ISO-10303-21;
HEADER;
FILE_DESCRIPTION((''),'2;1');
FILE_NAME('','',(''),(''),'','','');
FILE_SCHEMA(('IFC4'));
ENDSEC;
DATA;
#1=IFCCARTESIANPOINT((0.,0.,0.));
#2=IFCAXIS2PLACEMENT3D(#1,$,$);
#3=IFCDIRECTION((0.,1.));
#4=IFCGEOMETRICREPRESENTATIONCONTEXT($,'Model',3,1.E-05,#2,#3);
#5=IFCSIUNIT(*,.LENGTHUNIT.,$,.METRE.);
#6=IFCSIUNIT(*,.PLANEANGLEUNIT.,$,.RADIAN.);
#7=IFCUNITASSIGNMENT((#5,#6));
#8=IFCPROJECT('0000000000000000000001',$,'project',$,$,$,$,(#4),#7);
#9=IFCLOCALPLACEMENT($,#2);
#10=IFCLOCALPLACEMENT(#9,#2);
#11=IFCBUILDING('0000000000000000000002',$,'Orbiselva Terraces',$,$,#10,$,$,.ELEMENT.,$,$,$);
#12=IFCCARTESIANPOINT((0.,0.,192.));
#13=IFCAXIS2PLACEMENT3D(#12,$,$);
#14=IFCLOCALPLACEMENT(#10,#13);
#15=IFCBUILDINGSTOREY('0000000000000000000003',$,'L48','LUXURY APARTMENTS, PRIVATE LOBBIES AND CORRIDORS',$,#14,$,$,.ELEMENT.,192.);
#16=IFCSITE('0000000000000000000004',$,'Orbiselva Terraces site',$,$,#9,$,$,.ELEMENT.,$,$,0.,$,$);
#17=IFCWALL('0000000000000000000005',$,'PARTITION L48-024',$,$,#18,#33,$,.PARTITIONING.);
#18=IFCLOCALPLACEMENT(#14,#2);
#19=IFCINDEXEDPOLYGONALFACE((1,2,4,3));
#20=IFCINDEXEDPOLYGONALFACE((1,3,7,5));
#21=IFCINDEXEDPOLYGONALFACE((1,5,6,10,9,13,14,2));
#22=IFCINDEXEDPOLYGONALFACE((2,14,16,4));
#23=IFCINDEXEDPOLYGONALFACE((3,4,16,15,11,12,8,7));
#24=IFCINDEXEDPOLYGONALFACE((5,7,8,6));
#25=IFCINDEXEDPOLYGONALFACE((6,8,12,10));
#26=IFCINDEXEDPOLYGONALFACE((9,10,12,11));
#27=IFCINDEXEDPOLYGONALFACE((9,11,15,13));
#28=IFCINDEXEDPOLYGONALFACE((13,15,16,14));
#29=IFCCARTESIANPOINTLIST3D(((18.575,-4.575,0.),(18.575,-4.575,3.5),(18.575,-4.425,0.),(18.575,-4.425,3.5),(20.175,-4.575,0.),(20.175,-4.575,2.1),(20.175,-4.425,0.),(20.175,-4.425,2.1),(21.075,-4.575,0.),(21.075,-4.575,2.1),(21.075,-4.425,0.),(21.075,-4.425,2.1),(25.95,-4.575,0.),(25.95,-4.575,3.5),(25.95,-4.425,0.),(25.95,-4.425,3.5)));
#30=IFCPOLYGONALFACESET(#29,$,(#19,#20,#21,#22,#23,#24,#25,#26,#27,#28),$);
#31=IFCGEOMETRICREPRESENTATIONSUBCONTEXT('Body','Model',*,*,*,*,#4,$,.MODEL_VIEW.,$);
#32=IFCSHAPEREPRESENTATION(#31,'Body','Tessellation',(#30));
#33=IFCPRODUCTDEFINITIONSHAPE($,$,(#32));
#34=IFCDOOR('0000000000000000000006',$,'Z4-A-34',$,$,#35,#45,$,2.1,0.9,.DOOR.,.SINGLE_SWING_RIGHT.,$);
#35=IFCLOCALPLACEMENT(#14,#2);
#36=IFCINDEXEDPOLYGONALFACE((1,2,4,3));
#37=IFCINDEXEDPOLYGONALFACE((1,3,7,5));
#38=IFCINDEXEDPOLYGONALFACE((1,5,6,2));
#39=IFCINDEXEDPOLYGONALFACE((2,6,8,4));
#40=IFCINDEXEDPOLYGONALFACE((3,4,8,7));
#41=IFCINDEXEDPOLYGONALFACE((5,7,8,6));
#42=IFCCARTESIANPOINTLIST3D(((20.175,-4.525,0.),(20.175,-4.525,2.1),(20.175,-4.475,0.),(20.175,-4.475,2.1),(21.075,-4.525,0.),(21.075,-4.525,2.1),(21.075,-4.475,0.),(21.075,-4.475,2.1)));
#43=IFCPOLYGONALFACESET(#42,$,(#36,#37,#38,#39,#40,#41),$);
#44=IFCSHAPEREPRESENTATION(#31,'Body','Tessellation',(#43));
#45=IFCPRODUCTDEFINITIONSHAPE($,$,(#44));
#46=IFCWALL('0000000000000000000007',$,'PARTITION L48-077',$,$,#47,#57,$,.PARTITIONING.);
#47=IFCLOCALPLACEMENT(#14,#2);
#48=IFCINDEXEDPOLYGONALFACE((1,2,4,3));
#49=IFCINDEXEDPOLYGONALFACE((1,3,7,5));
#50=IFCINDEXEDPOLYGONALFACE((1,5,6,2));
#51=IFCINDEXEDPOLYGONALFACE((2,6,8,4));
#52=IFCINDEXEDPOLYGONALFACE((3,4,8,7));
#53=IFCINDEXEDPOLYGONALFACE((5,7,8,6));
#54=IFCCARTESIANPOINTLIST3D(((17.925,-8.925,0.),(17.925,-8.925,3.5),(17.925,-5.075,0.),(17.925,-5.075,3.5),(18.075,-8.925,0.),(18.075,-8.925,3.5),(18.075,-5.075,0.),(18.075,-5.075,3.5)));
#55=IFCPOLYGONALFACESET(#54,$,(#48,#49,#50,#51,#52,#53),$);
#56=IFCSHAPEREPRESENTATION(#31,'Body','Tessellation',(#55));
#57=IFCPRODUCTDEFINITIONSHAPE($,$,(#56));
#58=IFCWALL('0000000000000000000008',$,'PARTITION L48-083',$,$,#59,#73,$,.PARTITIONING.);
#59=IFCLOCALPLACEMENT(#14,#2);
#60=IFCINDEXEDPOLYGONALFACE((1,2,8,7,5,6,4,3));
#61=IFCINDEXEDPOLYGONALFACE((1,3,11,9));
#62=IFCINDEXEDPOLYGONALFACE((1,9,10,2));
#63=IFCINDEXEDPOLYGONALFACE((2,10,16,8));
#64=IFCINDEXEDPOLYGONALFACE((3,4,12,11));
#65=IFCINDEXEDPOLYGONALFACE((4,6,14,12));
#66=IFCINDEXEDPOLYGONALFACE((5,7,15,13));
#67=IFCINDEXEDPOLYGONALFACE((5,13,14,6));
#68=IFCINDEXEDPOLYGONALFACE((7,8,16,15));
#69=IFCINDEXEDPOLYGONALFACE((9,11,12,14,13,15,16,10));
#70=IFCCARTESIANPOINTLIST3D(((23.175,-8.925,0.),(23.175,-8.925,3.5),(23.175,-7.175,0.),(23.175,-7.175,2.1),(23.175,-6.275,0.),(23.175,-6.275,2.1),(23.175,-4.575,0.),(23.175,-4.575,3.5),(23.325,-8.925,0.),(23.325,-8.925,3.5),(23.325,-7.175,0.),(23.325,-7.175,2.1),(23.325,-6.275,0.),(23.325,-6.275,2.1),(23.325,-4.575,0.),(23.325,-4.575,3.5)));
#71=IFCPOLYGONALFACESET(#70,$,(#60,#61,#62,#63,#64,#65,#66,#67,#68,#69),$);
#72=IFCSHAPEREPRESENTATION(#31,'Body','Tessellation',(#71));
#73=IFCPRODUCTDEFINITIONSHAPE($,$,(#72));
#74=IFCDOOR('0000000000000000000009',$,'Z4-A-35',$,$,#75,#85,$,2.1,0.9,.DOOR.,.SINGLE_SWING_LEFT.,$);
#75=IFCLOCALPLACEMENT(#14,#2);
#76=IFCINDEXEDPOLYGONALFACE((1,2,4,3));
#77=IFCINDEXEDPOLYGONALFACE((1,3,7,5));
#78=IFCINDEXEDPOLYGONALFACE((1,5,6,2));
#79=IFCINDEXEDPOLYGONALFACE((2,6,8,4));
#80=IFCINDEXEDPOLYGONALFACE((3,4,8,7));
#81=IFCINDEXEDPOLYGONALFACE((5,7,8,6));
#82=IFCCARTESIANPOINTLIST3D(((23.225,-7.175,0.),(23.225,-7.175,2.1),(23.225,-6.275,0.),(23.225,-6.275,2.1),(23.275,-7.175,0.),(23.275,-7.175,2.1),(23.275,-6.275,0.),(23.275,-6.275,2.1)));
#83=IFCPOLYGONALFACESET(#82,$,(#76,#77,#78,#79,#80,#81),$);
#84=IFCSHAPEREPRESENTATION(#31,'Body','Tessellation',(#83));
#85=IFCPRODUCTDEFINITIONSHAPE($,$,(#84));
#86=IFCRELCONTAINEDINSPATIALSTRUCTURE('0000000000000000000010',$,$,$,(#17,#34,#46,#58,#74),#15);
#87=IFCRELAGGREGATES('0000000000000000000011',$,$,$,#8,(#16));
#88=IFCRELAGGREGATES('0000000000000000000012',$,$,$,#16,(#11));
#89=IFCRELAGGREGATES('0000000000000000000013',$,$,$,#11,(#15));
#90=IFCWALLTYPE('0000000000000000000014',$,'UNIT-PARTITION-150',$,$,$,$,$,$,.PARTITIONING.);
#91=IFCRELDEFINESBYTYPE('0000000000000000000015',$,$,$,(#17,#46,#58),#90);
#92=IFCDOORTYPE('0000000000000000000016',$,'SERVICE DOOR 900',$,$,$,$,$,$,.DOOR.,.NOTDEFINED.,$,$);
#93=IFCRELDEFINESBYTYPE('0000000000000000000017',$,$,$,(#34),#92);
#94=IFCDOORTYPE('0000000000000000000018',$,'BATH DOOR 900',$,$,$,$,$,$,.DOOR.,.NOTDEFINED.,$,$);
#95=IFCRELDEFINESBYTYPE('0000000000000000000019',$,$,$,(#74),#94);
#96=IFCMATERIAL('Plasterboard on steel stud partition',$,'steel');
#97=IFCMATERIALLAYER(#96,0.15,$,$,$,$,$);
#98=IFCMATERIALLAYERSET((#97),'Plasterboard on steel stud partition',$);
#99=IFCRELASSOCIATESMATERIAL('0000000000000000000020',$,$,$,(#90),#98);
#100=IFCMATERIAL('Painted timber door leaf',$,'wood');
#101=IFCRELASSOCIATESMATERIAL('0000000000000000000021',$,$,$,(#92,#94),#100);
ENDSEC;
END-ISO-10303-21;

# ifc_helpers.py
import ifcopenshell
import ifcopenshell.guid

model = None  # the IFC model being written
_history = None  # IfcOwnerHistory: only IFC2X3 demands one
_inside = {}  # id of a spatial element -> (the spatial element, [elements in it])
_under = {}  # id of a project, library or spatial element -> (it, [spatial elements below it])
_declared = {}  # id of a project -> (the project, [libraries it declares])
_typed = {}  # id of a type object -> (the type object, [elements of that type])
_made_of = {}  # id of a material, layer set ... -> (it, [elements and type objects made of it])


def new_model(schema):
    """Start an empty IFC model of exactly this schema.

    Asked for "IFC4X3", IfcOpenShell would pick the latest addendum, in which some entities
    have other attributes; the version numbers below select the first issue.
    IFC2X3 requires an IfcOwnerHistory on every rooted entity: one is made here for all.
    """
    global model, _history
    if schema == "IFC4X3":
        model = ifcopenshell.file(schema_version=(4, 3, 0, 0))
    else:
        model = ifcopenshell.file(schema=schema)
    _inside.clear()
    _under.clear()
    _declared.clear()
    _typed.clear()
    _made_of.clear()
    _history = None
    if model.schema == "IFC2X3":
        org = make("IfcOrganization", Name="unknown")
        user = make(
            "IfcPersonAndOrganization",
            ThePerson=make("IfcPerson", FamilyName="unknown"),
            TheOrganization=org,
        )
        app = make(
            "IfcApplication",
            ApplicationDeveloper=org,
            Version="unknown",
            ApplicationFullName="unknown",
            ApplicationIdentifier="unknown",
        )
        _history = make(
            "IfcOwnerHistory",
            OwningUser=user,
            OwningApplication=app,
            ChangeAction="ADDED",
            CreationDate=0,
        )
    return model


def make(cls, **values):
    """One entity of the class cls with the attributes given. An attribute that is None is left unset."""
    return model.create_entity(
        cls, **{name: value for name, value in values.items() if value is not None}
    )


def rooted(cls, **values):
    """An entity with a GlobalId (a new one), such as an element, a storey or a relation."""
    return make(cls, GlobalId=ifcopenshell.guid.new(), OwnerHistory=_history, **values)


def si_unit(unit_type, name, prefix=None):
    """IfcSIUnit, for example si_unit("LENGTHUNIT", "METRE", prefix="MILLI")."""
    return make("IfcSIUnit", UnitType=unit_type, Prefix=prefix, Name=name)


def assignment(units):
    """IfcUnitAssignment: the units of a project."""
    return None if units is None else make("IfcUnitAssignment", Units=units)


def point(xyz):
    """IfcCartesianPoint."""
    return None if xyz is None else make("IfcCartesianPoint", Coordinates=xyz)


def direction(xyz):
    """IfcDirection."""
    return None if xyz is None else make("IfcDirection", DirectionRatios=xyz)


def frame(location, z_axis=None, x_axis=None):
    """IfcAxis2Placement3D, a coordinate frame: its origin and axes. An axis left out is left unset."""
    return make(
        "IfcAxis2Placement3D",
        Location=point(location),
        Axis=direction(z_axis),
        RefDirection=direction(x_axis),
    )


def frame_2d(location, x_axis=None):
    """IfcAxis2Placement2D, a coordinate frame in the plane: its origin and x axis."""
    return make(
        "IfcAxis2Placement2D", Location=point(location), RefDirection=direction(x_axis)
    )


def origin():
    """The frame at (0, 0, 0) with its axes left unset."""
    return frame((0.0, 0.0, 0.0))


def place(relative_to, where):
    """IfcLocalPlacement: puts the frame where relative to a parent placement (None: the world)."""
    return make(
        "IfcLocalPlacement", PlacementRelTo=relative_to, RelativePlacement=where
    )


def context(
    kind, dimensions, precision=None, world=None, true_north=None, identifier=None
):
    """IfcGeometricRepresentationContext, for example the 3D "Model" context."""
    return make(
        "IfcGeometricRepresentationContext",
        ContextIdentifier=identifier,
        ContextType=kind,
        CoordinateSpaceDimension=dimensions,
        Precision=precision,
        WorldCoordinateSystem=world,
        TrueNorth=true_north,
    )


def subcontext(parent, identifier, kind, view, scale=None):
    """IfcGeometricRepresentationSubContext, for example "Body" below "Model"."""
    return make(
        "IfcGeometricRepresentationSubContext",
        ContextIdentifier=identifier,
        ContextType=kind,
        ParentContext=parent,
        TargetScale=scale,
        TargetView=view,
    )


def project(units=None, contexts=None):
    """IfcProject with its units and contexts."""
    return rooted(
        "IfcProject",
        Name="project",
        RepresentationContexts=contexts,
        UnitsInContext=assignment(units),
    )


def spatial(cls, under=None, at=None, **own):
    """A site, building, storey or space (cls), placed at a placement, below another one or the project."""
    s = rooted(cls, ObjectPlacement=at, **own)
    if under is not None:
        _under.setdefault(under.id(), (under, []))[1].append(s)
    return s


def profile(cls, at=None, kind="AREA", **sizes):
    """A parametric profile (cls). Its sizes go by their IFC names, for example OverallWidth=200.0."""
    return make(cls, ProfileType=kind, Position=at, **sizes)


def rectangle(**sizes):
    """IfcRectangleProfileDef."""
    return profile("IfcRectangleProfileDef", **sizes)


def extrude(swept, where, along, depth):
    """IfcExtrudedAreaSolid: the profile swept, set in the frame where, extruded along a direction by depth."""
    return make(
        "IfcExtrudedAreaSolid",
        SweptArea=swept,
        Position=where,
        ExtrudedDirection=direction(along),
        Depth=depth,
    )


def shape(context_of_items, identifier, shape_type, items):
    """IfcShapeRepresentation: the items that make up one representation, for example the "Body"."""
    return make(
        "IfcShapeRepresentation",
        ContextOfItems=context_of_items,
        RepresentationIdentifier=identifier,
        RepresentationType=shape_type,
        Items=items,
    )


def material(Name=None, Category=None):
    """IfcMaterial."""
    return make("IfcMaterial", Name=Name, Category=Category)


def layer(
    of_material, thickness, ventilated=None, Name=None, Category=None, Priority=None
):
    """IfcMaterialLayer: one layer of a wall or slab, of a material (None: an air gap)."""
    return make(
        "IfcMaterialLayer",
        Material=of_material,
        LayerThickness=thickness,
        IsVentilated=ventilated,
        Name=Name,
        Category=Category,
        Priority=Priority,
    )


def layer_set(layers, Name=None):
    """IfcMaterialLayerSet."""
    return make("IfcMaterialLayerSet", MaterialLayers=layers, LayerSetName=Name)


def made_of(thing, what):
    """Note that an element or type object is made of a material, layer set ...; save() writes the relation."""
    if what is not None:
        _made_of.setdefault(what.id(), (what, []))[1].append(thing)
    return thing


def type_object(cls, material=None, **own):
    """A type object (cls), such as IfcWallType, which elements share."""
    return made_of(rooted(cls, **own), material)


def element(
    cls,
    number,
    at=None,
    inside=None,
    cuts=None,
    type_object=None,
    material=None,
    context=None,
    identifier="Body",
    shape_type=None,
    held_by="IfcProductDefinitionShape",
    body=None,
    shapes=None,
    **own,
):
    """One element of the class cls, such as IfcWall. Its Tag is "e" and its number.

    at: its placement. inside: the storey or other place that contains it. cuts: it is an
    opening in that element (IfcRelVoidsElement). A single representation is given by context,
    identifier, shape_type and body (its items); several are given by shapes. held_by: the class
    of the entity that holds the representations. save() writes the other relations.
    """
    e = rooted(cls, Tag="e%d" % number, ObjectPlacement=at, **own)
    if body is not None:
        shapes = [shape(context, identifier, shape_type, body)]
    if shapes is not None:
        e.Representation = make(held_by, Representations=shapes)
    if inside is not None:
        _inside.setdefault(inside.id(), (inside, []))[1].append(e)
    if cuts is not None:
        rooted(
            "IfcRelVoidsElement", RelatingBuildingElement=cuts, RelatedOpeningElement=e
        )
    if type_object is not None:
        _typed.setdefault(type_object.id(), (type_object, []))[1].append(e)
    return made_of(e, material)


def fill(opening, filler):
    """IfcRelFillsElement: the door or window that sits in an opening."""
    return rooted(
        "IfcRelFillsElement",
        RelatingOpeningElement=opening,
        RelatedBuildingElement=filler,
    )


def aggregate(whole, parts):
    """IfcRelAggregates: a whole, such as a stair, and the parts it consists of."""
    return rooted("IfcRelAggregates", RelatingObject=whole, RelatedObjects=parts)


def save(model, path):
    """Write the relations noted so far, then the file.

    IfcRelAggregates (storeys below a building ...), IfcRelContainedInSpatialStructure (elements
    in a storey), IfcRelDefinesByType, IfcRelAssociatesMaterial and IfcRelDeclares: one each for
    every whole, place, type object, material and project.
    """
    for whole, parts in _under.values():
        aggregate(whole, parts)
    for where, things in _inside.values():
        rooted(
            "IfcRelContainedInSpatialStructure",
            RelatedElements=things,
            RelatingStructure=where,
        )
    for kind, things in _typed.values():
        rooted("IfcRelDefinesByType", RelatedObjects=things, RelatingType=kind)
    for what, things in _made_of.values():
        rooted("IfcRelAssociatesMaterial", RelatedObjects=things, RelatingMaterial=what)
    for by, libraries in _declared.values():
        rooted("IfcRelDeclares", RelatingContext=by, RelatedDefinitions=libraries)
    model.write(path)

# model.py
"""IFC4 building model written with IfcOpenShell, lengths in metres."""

from ifc_helpers import new_model, si_unit, direction, frame, frame_2d, origin, place, context, subcontext, project, spatial, rectangle, extrude, material, layer, layer_set, type_object, element, fill, save


model = new_model("IFC4")

# Units and contexts
model_context = context("Model", 3, precision=1e-05, world=origin(), true_north=direction((0.0, 1.0)))
body_context = subcontext(model_context, "Body", "Model", "MODEL_VIEW")
ifc_project = project(units=[si_unit("LENGTHUNIT", "METRE"), si_unit("PLANEANGLEUNIT", "RADIAN")], contexts=[model_context])

# Site, building, storey
site_placement = place(None, origin())
site = spatial("IfcSite", under=ifc_project, at=site_placement, Name="Orbiselva Terraces site", CompositionType="ELEMENT", RefElevation=0.0)
building_placement = place(site_placement, origin())
building = spatial("IfcBuilding", under=site, at=building_placement, Name="Orbiselva Terraces", CompositionType="ELEMENT")
storey_placement = place(building_placement, frame((0.0, 0.0, 192.0)))
storey = spatial("IfcBuildingStorey", under=building, at=storey_placement, Name="L48", Description="LUXURY APARTMENTS, PRIVATE LOBBIES AND CORRIDORS", CompositionType="ELEMENT", Elevation=192.0)

# Shared definitions
ifc_material_1 = material(Name="Plasterboard on steel stud partition", Category="steel")
ifc_material_2 = material(Name="Painted timber door leaf", Category="wood")

# Wall, opening, door
ifc_layer_1 = layer(ifc_material_1, 0.15)
ifc_layer_set_1 = layer_set([ifc_layer_1], Name="Plasterboard on steel stud partition")
wall_type_1 = type_object("IfcWallType", Name="UNIT-PARTITION-150", PredefinedType="PARTITIONING", material=ifc_layer_set_1)
door_type_1 = type_object("IfcDoorType", Name="SERVICE DOOR 900", OperationType="NOTDEFINED", PredefinedType="DOOR", material=ifc_material_2)
wall_1_placement = place(storey_placement, frame((25.95, -4.5, 0.0), z_axis=(0.0, 0.0, 1.0), x_axis=(-1.0, 0.0, 0.0)))
wall_1 = element("IfcWall", 1, at=wall_1_placement, inside=storey, type_object=wall_type_1, Name="PARTITION L48-024", PredefinedType="PARTITIONING", context=body_context, shape_type="SweptSolid", body=[
    extrude(rectangle(XDim=7.375, YDim=0.15, at=frame_2d((3.6875, 0.0))), origin(), (0.0, 0.0, 1.0), 3.5),
])
opening_1_placement = place(wall_1_placement, frame((4.875, 0.0, 0.0)))
opening_1 = element("IfcOpeningElement", 2, at=opening_1_placement, cuts=wall_1, PredefinedType="OPENING", context=body_context, shape_type="SweptSolid", body=[
    extrude(rectangle(XDim=0.9, YDim=2.1, at=frame_2d((0.45, 1.05))), frame((0.0, 0.085, 0.0), z_axis=(0.0, -1.0, 0.0), x_axis=(1.0, 0.0, 0.0)), (0.0, 0.0, 1.0), 0.17),
])
door_1_placement = place(opening_1_placement, origin())
door_1 = element("IfcDoor", 3, at=door_1_placement, inside=storey, type_object=door_type_1, Name="Z4-A-34", OperationType="SINGLE_SWING_RIGHT", OverallHeight=2.1, OverallWidth=0.9, PredefinedType="DOOR", context=body_context, shape_type="SweptSolid", body=[
    extrude(rectangle(XDim=0.9, YDim=2.1, at=frame_2d((0.45, 1.05))), frame((0.0, 0.025, 0.0), z_axis=(0.0, -1.0, 0.0), x_axis=(1.0, 0.0, 0.0)), (0.0, 0.0, 1.0), 0.05),
])
fill(opening_1, door_1)

# Wall
wall_2_placement = place(storey_placement, frame((18.0, -8.925, 0.0), z_axis=(0.0, 0.0, 1.0), x_axis=(0.0, 1.0, 0.0)))
element("IfcWall", 4, at=wall_2_placement, inside=storey, type_object=wall_type_1, Name="PARTITION L48-077", PredefinedType="PARTITIONING", context=body_context, shape_type="SweptSolid", body=[
    extrude(rectangle(XDim=3.85, YDim=0.15, at=frame_2d((1.925, 0.0))), origin(), (0.0, 0.0, 1.0), 3.5),
])

# Wall, opening, door
wall_3_placement = place(storey_placement, frame((23.25, -4.575, 0.0), z_axis=(0.0, 0.0, 1.0), x_axis=(0.0, -1.0, 0.0)))
wall_3 = element("IfcWall", 5, at=wall_3_placement, inside=storey, type_object=wall_type_1, Name="PARTITION L48-083", PredefinedType="PARTITIONING", context=body_context, shape_type="SweptSolid", body=[
    extrude(rectangle(XDim=4.35, YDim=0.15, at=frame_2d((2.175, 0.0))), origin(), (0.0, 0.0, 1.0), 3.5),
])
opening_2_placement = place(wall_3_placement, frame((1.7, 0.0, 0.0)))
opening_2 = element("IfcOpeningElement", 6, at=opening_2_placement, cuts=wall_3, PredefinedType="OPENING", context=body_context, shape_type="SweptSolid", body=[
    extrude(rectangle(XDim=0.9, YDim=2.1, at=frame_2d((0.45, 1.05))), frame((0.0, 0.085, 0.0), z_axis=(0.0, -1.0, 0.0), x_axis=(1.0, 0.0, 0.0)), (0.0, 0.0, 1.0), 0.17),
])
door_type_2 = type_object("IfcDoorType", Name="BATH DOOR 900", OperationType="NOTDEFINED", PredefinedType="DOOR", material=ifc_material_2)
door_2_placement = place(opening_2_placement, origin())
door_2 = element("IfcDoor", 7, at=door_2_placement, inside=storey, type_object=door_type_2, Name="Z4-A-35", OperationType="SINGLE_SWING_LEFT", OverallHeight=2.1, OverallWidth=0.9, PredefinedType="DOOR", context=body_context, shape_type="SweptSolid", body=[
    extrude(rectangle(XDim=0.9, YDim=2.1, at=frame_2d((0.45, 1.05))), frame((0.0, 0.025, 0.0), z_axis=(0.0, -1.0, 0.0), x_axis=(1.0, 0.0, 0.0)), (0.0, 0.0, 1.0), 0.05),
])
fill(opening_2, door_2)

save(model, "model.ifc")
